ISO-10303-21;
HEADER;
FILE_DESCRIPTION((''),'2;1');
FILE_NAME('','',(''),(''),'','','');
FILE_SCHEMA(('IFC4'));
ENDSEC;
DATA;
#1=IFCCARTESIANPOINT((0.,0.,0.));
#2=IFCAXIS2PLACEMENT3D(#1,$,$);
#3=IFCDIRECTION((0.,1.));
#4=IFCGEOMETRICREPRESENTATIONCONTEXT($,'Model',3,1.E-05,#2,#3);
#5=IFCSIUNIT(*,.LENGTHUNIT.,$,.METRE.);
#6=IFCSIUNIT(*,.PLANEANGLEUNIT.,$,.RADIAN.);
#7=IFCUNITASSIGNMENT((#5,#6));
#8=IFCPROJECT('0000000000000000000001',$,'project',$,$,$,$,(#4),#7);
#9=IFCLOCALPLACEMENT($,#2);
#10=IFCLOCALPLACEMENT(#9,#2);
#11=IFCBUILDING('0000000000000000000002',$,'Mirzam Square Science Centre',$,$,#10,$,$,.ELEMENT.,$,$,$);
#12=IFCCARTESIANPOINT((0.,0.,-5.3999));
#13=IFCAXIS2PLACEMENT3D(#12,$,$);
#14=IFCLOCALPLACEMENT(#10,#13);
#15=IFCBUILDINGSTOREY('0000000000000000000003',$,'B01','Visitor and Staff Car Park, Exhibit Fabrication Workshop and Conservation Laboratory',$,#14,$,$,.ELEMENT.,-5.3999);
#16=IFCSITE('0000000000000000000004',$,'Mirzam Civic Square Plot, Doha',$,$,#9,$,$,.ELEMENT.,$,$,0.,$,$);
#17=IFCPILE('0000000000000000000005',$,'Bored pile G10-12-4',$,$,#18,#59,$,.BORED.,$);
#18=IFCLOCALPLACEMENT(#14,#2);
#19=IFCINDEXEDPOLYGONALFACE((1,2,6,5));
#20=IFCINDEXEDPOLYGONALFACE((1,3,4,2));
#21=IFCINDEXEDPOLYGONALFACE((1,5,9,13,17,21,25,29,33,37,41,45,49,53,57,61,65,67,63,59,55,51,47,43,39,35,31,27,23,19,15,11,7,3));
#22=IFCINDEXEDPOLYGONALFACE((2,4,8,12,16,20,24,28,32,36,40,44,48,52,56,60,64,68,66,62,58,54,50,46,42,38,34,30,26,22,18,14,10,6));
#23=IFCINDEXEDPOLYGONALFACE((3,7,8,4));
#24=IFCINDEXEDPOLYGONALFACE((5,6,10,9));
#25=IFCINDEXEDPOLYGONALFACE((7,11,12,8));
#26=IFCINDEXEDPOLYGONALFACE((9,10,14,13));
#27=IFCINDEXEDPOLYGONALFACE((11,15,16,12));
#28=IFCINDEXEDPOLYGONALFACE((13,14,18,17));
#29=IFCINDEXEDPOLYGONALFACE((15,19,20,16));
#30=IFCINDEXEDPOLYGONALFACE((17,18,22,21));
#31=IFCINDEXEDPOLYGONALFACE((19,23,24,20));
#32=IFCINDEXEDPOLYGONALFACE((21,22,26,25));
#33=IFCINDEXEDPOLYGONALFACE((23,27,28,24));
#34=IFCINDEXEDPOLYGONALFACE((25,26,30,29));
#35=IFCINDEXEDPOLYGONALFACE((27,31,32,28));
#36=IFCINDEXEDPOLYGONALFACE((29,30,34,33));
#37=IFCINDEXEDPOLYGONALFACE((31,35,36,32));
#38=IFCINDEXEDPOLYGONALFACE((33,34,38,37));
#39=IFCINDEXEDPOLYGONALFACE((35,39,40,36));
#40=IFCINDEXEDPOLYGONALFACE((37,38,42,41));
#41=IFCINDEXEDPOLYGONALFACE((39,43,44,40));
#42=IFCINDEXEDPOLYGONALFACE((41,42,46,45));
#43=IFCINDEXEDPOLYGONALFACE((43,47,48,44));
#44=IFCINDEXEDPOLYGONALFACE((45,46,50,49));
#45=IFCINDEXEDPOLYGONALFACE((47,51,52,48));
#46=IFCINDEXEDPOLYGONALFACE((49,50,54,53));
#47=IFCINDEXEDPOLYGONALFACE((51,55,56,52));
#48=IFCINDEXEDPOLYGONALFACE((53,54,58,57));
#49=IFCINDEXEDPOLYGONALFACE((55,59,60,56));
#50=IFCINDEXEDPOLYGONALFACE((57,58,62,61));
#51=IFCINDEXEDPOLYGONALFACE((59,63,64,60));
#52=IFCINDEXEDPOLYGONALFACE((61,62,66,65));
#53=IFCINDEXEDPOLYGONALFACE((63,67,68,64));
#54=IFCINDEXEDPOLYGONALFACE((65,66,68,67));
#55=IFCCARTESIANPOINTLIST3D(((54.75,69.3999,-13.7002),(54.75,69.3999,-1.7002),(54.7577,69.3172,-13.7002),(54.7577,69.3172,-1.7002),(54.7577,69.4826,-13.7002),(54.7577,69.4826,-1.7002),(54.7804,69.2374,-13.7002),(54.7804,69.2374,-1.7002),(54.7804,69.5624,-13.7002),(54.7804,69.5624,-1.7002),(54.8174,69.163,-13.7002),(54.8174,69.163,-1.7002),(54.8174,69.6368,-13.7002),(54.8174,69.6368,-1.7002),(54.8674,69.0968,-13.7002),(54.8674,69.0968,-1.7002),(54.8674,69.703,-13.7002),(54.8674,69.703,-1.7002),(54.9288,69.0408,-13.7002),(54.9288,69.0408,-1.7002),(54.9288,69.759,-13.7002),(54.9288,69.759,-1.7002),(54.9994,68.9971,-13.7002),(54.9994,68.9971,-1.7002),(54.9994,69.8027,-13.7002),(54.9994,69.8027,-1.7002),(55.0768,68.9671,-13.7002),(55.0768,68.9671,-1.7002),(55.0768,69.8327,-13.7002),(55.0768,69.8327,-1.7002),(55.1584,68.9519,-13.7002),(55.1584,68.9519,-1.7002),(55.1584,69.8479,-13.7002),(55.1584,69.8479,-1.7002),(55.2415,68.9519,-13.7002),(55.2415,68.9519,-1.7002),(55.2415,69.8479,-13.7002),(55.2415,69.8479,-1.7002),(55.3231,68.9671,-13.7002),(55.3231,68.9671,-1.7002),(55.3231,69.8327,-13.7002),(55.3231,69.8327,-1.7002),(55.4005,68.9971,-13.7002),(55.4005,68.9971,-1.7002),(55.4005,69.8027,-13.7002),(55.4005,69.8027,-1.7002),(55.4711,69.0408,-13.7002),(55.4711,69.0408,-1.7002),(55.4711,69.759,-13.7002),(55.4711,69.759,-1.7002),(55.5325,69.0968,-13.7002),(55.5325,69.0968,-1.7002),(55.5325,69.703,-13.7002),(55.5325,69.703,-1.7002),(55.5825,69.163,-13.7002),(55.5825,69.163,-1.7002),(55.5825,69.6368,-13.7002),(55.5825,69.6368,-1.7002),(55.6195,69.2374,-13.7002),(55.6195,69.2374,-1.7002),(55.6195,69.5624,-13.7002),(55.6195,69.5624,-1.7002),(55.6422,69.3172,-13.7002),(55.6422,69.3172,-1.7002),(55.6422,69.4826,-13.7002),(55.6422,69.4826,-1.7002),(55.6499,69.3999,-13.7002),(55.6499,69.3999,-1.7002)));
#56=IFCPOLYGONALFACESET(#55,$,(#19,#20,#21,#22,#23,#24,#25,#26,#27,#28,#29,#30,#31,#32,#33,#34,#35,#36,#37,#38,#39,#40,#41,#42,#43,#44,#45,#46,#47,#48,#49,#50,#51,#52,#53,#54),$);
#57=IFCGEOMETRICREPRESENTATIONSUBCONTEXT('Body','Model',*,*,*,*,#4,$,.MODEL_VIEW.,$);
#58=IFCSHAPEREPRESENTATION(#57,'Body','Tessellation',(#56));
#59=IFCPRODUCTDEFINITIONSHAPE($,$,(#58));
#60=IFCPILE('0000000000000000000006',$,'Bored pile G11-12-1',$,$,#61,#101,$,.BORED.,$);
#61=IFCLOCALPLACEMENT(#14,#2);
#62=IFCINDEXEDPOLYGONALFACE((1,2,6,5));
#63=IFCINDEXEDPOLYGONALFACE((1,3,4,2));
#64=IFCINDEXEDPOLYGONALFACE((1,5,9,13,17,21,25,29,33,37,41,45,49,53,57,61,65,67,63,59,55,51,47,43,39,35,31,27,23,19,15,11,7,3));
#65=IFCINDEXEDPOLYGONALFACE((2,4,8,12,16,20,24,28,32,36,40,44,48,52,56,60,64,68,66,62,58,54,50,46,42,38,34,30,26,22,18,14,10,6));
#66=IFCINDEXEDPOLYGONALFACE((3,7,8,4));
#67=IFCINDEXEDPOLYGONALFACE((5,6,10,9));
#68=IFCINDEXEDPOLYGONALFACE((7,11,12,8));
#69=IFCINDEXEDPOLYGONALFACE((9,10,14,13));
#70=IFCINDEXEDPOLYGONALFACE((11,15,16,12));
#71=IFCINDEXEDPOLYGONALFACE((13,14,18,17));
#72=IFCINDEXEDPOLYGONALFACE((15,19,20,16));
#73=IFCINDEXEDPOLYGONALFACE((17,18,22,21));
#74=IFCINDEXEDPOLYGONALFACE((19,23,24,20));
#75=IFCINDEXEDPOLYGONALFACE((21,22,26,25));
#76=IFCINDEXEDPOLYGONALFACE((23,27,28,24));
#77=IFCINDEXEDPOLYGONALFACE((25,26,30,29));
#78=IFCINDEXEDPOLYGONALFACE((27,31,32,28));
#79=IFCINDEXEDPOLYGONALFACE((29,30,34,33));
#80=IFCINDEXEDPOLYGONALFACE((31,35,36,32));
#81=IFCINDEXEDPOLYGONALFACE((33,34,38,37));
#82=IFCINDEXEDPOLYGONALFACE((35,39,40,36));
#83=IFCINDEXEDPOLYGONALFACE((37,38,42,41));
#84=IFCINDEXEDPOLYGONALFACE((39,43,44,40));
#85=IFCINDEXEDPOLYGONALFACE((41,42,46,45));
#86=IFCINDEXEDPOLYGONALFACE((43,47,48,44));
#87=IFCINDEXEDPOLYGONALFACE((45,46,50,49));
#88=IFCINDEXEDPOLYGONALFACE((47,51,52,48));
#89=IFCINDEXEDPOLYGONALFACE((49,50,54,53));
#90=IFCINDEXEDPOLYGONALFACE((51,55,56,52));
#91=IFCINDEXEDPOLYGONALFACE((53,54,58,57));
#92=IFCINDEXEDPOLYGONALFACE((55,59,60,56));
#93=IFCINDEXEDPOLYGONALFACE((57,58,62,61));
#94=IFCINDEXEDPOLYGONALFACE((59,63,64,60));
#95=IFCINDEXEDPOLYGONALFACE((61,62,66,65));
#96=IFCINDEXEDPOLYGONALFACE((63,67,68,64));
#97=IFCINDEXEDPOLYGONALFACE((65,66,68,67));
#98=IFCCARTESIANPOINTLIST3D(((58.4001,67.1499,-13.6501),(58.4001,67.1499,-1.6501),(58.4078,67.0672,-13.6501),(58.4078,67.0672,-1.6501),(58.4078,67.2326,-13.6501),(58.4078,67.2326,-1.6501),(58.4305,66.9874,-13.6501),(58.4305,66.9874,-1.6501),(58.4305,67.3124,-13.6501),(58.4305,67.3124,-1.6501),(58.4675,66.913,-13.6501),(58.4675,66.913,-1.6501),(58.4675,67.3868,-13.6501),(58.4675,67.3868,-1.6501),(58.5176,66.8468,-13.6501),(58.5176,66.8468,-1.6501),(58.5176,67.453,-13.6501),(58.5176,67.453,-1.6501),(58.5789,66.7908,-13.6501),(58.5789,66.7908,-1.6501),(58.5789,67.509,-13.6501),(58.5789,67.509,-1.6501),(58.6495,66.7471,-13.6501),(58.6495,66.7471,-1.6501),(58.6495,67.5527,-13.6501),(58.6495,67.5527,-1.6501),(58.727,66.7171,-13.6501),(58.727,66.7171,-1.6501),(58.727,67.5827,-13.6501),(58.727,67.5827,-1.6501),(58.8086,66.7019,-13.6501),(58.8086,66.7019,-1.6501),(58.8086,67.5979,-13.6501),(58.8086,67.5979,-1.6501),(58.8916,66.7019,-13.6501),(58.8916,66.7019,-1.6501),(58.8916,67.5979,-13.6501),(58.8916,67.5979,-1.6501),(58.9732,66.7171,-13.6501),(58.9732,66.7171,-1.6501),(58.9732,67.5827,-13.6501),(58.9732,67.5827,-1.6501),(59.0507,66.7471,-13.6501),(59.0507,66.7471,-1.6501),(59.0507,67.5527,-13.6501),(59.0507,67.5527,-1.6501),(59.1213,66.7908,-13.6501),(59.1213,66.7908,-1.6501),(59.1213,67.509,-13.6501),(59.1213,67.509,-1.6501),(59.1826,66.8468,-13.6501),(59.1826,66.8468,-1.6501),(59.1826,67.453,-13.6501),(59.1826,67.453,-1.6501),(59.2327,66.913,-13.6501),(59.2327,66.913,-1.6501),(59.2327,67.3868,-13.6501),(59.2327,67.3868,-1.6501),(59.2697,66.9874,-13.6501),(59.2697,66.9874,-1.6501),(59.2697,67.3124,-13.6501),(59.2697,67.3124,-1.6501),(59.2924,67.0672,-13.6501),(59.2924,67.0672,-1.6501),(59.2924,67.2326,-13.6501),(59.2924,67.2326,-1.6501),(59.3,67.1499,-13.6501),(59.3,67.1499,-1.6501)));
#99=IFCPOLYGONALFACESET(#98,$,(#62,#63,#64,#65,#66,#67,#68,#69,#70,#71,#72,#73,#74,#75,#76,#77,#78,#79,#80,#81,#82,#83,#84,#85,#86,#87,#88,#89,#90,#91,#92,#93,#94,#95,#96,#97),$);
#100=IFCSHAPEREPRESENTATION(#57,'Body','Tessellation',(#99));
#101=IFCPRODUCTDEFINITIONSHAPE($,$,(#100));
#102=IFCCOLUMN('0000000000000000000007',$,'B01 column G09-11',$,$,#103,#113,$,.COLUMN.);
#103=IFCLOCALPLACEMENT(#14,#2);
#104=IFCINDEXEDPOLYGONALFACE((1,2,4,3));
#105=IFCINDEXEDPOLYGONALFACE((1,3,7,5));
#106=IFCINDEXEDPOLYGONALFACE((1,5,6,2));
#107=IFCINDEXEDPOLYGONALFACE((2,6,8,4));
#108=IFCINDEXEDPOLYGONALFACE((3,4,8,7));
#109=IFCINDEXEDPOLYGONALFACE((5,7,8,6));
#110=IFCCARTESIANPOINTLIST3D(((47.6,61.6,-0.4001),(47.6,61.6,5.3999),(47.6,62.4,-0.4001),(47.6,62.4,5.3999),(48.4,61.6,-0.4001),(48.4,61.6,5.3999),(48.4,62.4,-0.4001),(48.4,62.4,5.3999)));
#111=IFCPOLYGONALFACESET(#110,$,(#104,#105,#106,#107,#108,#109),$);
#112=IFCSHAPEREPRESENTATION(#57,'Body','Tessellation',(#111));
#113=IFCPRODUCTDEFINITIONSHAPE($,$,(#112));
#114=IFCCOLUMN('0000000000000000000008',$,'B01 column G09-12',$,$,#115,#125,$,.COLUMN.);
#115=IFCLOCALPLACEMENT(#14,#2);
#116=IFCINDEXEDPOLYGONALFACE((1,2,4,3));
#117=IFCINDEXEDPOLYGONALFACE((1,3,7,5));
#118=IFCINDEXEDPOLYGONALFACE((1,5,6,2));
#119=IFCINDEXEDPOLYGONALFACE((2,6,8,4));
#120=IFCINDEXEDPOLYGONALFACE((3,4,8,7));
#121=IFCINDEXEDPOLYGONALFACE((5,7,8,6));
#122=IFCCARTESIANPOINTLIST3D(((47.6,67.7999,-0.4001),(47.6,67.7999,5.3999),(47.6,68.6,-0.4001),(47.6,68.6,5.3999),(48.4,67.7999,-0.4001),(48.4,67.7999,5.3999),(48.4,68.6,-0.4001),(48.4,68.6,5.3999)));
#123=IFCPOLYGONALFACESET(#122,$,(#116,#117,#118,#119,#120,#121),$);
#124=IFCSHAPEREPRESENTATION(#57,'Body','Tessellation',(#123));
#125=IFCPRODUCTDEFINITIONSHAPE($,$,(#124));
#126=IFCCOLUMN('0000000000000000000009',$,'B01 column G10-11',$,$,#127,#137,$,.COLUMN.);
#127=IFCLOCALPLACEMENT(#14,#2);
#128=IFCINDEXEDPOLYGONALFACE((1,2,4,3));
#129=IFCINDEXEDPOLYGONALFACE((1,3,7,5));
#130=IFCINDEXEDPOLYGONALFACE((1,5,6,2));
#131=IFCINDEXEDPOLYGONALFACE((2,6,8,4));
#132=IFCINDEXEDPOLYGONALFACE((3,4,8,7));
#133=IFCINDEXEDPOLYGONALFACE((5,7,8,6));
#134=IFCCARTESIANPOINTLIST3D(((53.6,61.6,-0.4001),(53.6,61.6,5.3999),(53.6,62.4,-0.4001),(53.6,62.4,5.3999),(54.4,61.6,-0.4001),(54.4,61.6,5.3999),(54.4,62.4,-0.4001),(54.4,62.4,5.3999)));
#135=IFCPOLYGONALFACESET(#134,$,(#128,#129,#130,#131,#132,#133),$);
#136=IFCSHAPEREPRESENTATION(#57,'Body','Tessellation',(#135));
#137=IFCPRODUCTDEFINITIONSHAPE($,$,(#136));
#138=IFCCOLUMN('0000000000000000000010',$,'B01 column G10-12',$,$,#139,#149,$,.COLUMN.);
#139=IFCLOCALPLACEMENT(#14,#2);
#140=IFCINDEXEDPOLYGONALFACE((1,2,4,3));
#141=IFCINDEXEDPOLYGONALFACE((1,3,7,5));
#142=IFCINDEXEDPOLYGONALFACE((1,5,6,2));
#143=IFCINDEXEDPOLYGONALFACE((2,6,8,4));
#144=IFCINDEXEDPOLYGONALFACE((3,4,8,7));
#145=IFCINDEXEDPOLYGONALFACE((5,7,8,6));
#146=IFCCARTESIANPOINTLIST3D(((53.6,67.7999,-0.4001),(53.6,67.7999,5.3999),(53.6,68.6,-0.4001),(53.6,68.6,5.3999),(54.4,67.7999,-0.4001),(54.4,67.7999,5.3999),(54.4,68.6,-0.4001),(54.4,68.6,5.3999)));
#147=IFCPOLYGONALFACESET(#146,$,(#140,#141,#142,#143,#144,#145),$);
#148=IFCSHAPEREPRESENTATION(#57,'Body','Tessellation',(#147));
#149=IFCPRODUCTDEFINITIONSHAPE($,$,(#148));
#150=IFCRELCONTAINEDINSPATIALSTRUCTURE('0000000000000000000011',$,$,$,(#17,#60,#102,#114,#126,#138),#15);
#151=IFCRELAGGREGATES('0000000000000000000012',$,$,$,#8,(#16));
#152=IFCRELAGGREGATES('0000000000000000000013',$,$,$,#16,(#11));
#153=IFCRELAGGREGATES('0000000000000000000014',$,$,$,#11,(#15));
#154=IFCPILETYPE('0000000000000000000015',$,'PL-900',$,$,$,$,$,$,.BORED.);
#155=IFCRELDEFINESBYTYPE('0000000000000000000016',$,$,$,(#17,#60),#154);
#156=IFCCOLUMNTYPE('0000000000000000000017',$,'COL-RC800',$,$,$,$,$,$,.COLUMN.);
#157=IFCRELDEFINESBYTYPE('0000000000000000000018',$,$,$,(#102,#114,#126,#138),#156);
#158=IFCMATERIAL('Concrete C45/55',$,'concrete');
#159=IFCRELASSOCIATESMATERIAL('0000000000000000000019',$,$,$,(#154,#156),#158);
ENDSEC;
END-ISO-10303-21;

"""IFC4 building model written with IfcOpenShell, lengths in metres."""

from ifc_helpers import new_model, si_unit, direction, frame, origin, origin_2d, place, context, subcontext, project, spatial, rectangle, circle, extrude, material, material_profile, profile_set, type_object, element, save


model = new_model("IFC4")

# Units and contexts
model_context = context("Model", 3, precision=1e-05, world=origin(), true_north=direction((0.0, 1.0)))
body_context = subcontext(model_context, "Body", "Model", "MODEL_VIEW")
ifc_project = project(units=[si_unit("LENGTHUNIT", "METRE"), si_unit("PLANEANGLEUNIT", "RADIAN")], contexts=[model_context])

# Site, building, storey
site_placement = place(None, origin())
site = spatial("IfcSite", under=ifc_project, at=site_placement, Name="Mirzam Civic Square Plot, Doha", CompositionType="ELEMENT", RefElevation=0.0)
building_placement = place(site_placement, origin())
building = spatial("IfcBuilding", under=site, at=building_placement, Name="Mirzam Square Science Centre", CompositionType="ELEMENT")
storey_placement = place(building_placement, frame((0.0, 0.0, -5.3999)))
storey = spatial("IfcBuildingStorey", under=building, at=storey_placement, Name="B01", Description="Visitor and Staff Car Park, Exhibit Fabrication Workshop and Conservation Laboratory", CompositionType="ELEMENT", Elevation=-5.3999)

# Shared definitions
ifc_material = material(Name="Concrete C45/55", Category="concrete")

# Piles
ifc_material_profile_1 = material_profile(ifc_material, circle(Radius=0.45, at=origin_2d()), Name="PILE-D900")
ifc_profile_set_1 = profile_set([ifc_material_profile_1], Name="Concrete C45/55")
pile_type = type_object("IfcPileType", Name="PL-900", PredefinedType="BORED", material=ifc_profile_set_1)
for number, where, z_axis, x_axis, name in (
    (1, (55.2, 69.3999, -1.7002), (0.0, 0.0, -1.0), (1.0, 0.0, 0.0), "Bored pile G10-12-4"),
    (2, (58.8501, 67.1499, -1.6501), (0.0, 0.0, -1.0), (1.0, 0.0, 0.0), "Bored pile G11-12-1"),
):
    element("IfcPile", number, at=place(storey_placement, frame(where, z_axis=z_axis, x_axis=x_axis)), inside=storey, type_object=pile_type, Name=name, PredefinedType="BORED", context=body_context, shape_type="SweptSolid", body=[
        extrude(circle(Radius=0.45, at=origin_2d()), origin(), (0.0, 0.0, 1.0), 12.0),
    ])

# Columns
ifc_material_profile_2 = material_profile(ifc_material, rectangle(XDim=0.8, YDim=0.8, at=origin_2d()), Name="RC800x800")
ifc_profile_set_2 = profile_set([ifc_material_profile_2], Name="Concrete C45/55")
column_type = type_object("IfcColumnType", Name="COL-RC800", PredefinedType="COLUMN", material=ifc_profile_set_2)
for number, where, z_axis, x_axis, name in (
    (3, (48.0, 62.0, -0.4001), (0.0, 0.0, 1.0), (1.0, 0.0, 0.0), "B01 column G09-11"),
    (4, (48.0, 68.2, -0.4001), (0.0, 0.0, 1.0), (1.0, 0.0, 0.0), "B01 column G09-12"),
    (5, (54.0, 62.0, -0.4001), (0.0, 0.0, 1.0), (1.0, 0.0, 0.0), "B01 column G10-11"),
    (6, (54.0, 68.2, -0.4001), (0.0, 0.0, 1.0), (1.0, 0.0, 0.0), "B01 column G10-12"),
):
    element("IfcColumn", number, at=place(storey_placement, frame(where, z_axis=z_axis, x_axis=x_axis)), inside=storey, type_object=column_type, Name=name, PredefinedType="COLUMN", context=body_context, shape_type="SweptSolid", body=[
        extrude(rectangle(XDim=0.8, YDim=0.8, at=origin_2d()), origin(), (0.0, 0.0, 1.0), 5.8),
    ])

save(model, "model.ifc")
